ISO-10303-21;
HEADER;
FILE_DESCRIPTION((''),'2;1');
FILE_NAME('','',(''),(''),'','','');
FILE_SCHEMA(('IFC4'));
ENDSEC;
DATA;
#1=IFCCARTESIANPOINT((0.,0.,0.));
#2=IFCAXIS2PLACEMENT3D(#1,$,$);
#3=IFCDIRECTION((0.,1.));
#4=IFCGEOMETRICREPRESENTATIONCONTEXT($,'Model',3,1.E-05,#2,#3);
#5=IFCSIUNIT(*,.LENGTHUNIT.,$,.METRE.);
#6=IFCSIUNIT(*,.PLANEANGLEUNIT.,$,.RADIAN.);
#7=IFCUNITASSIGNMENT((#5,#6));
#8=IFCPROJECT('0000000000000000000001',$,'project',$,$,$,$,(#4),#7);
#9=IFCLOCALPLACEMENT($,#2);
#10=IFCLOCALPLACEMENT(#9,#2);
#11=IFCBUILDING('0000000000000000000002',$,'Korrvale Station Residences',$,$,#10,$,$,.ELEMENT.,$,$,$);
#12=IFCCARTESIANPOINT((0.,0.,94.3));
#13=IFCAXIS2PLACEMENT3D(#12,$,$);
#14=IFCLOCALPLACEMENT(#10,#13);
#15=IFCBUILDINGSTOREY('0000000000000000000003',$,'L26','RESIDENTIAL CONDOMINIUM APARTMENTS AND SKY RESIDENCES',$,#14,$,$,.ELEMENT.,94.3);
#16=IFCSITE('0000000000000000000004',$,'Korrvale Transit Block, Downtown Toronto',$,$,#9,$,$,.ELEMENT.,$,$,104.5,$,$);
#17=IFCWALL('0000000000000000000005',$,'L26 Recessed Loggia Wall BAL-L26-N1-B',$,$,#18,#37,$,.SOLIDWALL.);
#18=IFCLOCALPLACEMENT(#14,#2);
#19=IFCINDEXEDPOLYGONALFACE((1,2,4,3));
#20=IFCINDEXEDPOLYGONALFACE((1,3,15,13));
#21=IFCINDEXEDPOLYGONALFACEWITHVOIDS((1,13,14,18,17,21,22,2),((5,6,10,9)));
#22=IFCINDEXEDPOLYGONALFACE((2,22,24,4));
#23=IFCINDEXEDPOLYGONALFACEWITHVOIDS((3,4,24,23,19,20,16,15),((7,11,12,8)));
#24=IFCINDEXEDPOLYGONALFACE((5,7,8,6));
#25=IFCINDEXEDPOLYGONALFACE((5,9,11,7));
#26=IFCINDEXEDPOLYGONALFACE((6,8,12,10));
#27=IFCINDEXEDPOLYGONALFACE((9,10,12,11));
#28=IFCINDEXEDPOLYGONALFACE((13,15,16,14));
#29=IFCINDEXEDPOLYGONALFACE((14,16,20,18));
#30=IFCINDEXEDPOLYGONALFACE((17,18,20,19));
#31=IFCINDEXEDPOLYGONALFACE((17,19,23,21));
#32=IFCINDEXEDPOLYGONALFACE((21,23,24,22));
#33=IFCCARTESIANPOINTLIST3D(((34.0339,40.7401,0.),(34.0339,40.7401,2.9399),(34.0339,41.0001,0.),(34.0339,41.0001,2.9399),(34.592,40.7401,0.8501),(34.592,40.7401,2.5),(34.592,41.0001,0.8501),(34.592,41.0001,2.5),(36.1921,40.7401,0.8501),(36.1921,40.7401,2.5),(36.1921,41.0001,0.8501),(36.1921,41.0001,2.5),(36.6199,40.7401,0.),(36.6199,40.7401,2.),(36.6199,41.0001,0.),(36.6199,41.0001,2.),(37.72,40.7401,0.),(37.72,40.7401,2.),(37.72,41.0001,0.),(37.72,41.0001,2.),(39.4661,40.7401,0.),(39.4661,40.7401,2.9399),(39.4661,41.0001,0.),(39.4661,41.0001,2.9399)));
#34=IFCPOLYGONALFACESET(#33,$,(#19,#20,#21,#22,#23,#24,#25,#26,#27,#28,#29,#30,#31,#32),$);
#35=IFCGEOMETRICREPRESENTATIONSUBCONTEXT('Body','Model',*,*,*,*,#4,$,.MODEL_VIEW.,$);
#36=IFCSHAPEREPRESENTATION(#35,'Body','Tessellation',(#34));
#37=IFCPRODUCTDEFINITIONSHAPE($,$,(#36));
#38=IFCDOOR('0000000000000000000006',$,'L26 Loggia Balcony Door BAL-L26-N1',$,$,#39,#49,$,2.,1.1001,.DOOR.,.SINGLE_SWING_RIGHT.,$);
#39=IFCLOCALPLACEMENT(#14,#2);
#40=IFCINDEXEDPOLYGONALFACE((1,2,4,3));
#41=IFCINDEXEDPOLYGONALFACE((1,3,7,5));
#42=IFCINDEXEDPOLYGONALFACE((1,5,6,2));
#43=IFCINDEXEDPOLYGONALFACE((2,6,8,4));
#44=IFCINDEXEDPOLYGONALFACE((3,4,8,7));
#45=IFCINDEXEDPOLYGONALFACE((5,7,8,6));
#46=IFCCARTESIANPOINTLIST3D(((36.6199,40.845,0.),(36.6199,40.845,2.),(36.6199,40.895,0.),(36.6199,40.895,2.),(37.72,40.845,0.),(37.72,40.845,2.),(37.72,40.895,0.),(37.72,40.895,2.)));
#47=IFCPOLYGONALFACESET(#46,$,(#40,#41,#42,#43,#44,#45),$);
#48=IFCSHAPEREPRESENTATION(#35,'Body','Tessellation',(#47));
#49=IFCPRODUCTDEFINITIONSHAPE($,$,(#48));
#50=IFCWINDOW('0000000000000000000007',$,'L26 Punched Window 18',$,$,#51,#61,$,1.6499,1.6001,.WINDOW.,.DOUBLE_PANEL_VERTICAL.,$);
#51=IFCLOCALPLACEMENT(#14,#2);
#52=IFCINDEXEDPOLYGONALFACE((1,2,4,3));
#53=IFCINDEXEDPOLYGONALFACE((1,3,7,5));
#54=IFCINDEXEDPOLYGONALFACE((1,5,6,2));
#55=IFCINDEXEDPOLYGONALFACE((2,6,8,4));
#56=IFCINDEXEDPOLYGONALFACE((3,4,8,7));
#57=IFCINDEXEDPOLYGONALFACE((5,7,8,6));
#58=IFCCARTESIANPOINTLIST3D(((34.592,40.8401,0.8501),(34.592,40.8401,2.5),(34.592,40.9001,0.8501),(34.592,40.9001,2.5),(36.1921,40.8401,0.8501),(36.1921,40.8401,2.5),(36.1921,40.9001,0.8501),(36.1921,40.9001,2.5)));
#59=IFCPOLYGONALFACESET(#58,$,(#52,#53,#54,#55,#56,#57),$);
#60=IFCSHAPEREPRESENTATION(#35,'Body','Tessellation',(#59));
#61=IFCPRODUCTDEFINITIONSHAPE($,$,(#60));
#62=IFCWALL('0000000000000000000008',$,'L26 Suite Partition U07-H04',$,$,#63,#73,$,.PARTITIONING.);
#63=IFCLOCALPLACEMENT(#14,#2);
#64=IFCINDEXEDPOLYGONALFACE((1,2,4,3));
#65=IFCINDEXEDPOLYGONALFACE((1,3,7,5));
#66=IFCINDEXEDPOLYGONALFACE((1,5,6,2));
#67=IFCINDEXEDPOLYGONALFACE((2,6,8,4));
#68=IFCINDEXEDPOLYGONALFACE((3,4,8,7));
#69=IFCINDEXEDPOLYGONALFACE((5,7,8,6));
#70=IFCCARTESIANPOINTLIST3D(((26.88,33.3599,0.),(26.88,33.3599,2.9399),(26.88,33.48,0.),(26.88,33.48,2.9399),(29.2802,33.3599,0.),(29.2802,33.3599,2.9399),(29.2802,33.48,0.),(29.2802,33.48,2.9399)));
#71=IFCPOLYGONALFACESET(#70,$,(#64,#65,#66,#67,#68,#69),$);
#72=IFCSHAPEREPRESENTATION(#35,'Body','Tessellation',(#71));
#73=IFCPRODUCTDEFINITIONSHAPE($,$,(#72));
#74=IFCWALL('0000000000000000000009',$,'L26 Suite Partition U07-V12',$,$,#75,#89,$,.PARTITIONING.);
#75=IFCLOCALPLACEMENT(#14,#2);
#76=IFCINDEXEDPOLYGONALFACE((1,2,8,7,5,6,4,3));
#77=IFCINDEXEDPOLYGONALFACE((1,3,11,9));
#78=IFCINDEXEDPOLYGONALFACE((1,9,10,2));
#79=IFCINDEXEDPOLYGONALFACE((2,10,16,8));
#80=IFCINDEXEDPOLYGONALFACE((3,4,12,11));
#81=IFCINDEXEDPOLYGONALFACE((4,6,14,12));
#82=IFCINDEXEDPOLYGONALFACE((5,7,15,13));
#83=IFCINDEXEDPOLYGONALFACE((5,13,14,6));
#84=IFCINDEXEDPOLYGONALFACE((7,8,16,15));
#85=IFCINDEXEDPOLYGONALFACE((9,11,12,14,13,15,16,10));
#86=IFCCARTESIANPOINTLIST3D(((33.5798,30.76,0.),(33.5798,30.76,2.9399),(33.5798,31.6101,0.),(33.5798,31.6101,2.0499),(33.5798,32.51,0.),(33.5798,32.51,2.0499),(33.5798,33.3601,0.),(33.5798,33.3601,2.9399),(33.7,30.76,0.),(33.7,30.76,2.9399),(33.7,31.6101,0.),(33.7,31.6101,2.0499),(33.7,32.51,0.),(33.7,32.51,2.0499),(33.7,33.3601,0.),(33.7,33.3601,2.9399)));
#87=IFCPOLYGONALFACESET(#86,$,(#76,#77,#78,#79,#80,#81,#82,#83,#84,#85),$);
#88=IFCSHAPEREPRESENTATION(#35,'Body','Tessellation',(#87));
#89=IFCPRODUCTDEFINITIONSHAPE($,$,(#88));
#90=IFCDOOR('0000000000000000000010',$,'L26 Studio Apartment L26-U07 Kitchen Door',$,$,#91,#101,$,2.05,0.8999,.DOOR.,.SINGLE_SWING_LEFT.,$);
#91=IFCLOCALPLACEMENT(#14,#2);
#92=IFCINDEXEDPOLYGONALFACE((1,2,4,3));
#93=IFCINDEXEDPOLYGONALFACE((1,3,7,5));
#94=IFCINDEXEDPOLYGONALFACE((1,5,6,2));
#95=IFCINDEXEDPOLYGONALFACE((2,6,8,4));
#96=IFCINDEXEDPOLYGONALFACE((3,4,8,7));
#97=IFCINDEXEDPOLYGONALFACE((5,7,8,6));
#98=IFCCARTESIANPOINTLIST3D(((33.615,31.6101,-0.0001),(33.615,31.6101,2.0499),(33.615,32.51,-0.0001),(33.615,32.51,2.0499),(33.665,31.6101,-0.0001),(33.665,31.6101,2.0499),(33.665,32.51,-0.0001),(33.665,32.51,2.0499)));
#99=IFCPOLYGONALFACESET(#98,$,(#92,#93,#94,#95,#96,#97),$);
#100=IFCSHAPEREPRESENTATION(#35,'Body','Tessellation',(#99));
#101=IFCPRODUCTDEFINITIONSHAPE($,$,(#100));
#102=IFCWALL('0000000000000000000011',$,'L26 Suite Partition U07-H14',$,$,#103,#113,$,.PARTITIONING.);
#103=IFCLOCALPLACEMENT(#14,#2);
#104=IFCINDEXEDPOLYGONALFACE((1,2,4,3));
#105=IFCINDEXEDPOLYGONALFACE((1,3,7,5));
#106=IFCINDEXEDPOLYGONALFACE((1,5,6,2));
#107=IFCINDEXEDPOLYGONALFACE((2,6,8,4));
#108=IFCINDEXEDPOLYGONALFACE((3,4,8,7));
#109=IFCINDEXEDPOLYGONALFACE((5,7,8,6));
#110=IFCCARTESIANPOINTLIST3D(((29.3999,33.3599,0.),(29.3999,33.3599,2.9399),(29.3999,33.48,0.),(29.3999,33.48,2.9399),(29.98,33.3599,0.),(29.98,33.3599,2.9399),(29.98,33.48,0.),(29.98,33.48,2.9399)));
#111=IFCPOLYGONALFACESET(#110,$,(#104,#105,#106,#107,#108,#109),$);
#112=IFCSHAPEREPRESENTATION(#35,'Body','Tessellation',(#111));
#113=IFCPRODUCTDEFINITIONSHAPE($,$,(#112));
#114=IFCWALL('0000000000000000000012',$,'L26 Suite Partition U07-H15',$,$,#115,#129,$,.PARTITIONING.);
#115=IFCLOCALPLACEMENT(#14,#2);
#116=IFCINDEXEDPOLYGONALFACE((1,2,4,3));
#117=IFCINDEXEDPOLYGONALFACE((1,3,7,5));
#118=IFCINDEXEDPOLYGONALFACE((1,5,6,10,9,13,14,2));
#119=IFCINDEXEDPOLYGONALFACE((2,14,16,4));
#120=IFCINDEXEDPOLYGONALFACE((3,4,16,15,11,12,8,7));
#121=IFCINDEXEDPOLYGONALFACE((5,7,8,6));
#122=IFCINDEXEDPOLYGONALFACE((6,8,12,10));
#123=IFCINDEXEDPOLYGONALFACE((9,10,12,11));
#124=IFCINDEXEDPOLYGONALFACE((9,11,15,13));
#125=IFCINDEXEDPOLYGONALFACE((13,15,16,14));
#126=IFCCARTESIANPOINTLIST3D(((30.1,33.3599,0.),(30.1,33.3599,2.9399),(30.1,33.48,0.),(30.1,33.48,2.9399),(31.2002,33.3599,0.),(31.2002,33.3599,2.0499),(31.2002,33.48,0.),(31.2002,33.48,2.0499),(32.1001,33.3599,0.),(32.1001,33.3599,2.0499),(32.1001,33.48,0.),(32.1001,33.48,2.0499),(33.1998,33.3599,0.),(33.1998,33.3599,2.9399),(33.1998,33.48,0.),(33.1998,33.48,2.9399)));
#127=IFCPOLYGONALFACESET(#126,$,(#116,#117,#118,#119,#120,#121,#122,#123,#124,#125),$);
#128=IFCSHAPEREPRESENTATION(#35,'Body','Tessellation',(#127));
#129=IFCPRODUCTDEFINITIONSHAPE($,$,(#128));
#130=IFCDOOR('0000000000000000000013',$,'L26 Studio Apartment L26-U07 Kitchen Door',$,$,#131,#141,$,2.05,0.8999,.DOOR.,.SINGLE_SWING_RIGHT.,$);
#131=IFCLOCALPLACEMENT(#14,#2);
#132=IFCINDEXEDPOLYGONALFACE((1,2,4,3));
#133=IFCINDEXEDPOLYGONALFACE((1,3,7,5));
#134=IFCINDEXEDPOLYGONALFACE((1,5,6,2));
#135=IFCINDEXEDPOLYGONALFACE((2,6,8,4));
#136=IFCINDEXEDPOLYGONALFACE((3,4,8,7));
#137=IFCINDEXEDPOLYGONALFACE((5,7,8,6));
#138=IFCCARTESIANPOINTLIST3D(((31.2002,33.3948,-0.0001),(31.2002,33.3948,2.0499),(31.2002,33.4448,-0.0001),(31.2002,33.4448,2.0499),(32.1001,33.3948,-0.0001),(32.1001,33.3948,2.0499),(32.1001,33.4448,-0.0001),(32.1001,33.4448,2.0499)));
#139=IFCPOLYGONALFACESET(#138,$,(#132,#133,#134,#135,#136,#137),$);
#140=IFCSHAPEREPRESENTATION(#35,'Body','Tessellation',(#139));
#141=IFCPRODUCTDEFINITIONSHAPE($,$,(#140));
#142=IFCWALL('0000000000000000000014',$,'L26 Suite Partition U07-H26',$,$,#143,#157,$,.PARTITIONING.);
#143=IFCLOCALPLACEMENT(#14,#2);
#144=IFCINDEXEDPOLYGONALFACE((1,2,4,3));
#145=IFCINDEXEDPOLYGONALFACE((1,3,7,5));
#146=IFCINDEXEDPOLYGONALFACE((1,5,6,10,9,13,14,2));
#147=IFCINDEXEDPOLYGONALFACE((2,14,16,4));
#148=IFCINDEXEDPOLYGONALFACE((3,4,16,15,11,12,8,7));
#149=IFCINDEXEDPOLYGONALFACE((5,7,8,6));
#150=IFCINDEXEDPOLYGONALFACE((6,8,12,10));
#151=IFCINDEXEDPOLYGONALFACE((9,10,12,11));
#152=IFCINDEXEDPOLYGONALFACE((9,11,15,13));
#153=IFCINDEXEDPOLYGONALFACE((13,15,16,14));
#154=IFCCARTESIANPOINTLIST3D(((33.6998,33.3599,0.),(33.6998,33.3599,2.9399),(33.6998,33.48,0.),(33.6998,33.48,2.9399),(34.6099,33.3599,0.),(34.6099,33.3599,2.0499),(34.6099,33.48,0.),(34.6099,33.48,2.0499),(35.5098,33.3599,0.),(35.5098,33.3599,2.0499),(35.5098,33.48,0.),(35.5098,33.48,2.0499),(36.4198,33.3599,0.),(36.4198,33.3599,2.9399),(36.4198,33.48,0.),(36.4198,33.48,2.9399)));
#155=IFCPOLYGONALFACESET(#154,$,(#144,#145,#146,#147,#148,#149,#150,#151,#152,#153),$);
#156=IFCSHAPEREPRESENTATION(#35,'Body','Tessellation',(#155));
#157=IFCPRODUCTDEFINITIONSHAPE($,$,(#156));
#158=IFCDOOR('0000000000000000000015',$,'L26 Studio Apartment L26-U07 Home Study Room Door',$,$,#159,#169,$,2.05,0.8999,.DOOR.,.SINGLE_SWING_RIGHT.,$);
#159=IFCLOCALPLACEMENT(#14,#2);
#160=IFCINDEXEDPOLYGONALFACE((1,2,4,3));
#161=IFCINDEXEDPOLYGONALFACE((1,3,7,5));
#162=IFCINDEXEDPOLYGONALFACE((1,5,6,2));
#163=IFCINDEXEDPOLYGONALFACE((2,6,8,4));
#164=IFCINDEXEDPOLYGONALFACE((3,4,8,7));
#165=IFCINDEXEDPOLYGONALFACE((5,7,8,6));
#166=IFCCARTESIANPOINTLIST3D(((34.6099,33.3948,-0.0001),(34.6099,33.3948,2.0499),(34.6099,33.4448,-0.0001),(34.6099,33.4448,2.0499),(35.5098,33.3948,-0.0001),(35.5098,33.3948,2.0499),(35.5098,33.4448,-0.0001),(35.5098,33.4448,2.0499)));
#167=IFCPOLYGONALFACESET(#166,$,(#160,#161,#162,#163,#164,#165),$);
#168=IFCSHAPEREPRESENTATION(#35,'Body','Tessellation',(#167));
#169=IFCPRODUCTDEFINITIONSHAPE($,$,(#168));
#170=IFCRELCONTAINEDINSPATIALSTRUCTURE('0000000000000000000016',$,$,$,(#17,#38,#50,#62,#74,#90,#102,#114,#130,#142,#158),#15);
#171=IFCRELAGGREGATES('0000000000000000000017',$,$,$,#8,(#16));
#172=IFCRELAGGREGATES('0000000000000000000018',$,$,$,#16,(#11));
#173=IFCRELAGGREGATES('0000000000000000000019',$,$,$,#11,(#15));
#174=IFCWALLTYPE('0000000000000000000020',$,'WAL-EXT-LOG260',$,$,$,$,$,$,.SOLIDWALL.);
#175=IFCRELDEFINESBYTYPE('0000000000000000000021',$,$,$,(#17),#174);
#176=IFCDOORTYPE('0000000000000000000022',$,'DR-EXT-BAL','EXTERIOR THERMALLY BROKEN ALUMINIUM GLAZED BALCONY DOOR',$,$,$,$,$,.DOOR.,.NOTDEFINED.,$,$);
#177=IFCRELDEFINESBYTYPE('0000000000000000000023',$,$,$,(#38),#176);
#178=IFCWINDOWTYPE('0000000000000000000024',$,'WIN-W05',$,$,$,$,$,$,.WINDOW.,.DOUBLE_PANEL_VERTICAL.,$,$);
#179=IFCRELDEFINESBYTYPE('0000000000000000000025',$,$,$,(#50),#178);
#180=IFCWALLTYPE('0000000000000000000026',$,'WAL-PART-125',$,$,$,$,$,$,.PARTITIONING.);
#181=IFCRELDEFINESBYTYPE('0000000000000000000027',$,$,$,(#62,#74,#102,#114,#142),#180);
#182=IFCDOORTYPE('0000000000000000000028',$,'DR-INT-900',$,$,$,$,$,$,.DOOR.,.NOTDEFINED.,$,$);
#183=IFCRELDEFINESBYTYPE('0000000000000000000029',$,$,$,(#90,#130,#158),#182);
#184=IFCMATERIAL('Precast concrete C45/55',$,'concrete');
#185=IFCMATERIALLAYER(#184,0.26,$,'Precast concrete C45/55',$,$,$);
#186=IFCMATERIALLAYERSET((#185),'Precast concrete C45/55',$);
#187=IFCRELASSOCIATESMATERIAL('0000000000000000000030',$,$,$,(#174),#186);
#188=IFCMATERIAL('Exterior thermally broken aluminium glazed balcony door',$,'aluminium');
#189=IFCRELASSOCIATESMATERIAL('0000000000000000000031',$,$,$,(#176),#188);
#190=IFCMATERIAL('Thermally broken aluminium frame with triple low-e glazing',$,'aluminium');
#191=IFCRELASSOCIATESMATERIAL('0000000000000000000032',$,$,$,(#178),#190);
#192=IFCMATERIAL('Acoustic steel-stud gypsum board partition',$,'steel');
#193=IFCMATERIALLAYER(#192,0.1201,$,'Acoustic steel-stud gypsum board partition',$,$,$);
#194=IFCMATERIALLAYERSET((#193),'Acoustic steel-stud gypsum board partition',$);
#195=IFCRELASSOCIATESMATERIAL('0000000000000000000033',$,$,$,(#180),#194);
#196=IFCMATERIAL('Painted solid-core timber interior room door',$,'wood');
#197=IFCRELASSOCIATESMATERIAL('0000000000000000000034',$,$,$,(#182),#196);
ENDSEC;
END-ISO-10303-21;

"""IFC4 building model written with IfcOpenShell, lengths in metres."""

from ifc_helpers import new_model, si_unit, direction, frame, frame_2d, origin, place, context, subcontext, project, spatial, rectangle, extrude, material, layer, layer_set, type_object, element, fill, save


model = new_model("IFC4")

# Units and contexts
model_context = context("Model", 3, precision=1e-05, world=origin(), true_north=direction((0.0, 1.0)))
body_context = subcontext(model_context, "Body", "Model", "MODEL_VIEW")
ifc_project = project(units=[si_unit("LENGTHUNIT", "METRE"), si_unit("PLANEANGLEUNIT", "RADIAN")], contexts=[model_context])

# Site, building, storey
site_placement = place(None, origin())
site = spatial("IfcSite", under=ifc_project, at=site_placement, Name="Korrvale Transit Block, Downtown Toronto", CompositionType="ELEMENT", RefElevation=104.5)
building_placement = place(site_placement, origin())
building = spatial("IfcBuilding", under=site, at=building_placement, Name="Korrvale Station Residences", CompositionType="ELEMENT")
storey_placement = place(building_placement, frame((0.0, 0.0, 94.3)))
storey = spatial("IfcBuildingStorey", under=building, at=storey_placement, Name="L26", Description="RESIDENTIAL CONDOMINIUM APARTMENTS AND SKY RESIDENCES", CompositionType="ELEMENT", Elevation=94.3)

# Shared definitions
ifc_material_1 = material(Name="Precast concrete C45/55", Category="concrete")
ifc_layer_1 = layer(ifc_material_1, 0.26, Name="Precast concrete C45/55")
ifc_layer_set_1 = layer_set([ifc_layer_1], Name="Precast concrete C45/55")
wall_type_1 = type_object("IfcWallType", Name="WAL-EXT-LOG260", PredefinedType="SOLIDWALL", material=ifc_layer_set_1)

# Wall, openings, door, window
wall_1_placement = place(storey_placement, frame((34.0339, 40.8701, 0.0), z_axis=(0.0, 0.0, 1.0), x_axis=(1.0, 0.0, 0.0)))
wall_1 = element("IfcWall", 1, at=wall_1_placement, inside=storey, type_object=wall_type_1, Name="L26 Recessed Loggia Wall BAL-L26-N1-B", PredefinedType="SOLIDWALL", context=body_context, shape_type="SweptSolid", body=[
    extrude(rectangle(XDim=5.4321, YDim=0.26, at=frame_2d((2.7161, 0.0))), origin(), (0.0, 0.0, 1.0), 2.9399),
])
opening_1_placement = place(wall_1_placement, frame((2.5859, 0.0, 0.0)))
opening_1 = element("IfcOpeningElement", 2, at=opening_1_placement, cuts=wall_1, PredefinedType="OPENING", context=body_context, shape_type="SweptSolid", body=[
    extrude(rectangle(XDim=1.1001, YDim=2.0, at=frame_2d((0.55, 1.0))), frame((0.0, 0.1401, 0.0), z_axis=(0.0, -1.0, 0.0), x_axis=(1.0, 0.0, 0.0)), (0.0, 0.0, 1.0), 0.28),
])
opening_2_placement = place(wall_1_placement, frame((0.5581, 0.0, 0.8501)))
opening_2 = element("IfcOpeningElement", 3, at=opening_2_placement, cuts=wall_1, PredefinedType="OPENING", context=body_context, shape_type="SweptSolid", body=[
    extrude(rectangle(XDim=1.6001, YDim=1.6499, at=frame_2d((0.8, 0.825))), frame((0.0, 0.1401, 0.0), z_axis=(0.0, -1.0, 0.0), x_axis=(1.0, 0.0, 0.0)), (0.0, 0.0, 1.0), 0.28),
])
ifc_material_2 = material(Name="Exterior thermally broken aluminium glazed balcony door", Category="aluminium")
door_type_1 = type_object("IfcDoorType", Name="DR-EXT-BAL", Description="EXTERIOR THERMALLY BROKEN ALUMINIUM GLAZED BALCONY DOOR", OperationType="NOTDEFINED", PredefinedType="DOOR", material=ifc_material_2)
door_1_placement = place(opening_1_placement, origin())
door_1 = element("IfcDoor", 4, at=door_1_placement, inside=storey, type_object=door_type_1, Name="L26 Loggia Balcony Door BAL-L26-N1", OperationType="SINGLE_SWING_RIGHT", OverallHeight=2.0, OverallWidth=1.1001, PredefinedType="DOOR", context=body_context, shape_type="SweptSolid", body=[
    extrude(rectangle(XDim=1.1001, YDim=2.0, at=frame_2d((0.55, 1.0))), frame((0.0, 0.0249, 0.0), z_axis=(0.0, -1.0, 0.0), x_axis=(1.0, 0.0, 0.0)), (0.0, 0.0, 1.0), 0.05),
])
fill(opening_1, door_1)
ifc_material_3 = material(Name="Thermally broken aluminium frame with triple low-e glazing", Category="aluminium")
window_type = type_object("IfcWindowType", Name="WIN-W05", PartitioningType="DOUBLE_PANEL_VERTICAL", PredefinedType="WINDOW", material=ifc_material_3)
window_placement = place(opening_2_placement, origin())
window = element("IfcWindow", 5, at=window_placement, inside=storey, type_object=window_type, Name="L26 Punched Window 18", OverallHeight=1.6499, OverallWidth=1.6001, PartitioningType="DOUBLE_PANEL_VERTICAL", PredefinedType="WINDOW", context=body_context, shape_type="SweptSolid", body=[
    extrude(rectangle(XDim=1.6001, YDim=1.6499, at=frame_2d((0.8, 0.825))), frame((0.0, 0.03, 0.0), z_axis=(0.0, -1.0, 0.0), x_axis=(1.0, 0.0, 0.0)), (0.0, 0.0, 1.0), 0.0601),
])
fill(opening_2, window)

# Wall
ifc_material_4 = material(Name="Acoustic steel-stud gypsum board partition", Category="steel")
ifc_layer_2 = layer(ifc_material_4, 0.1201, Name="Acoustic steel-stud gypsum board partition")
ifc_layer_set_2 = layer_set([ifc_layer_2], Name="Acoustic steel-stud gypsum board partition")
wall_type_2 = type_object("IfcWallType", Name="WAL-PART-125", PredefinedType="PARTITIONING", material=ifc_layer_set_2)
wall_2_placement = place(storey_placement, frame((26.8799, 33.4199, 0.0), z_axis=(0.0, 0.0, 1.0), x_axis=(1.0, 0.0, 0.0)))
element("IfcWall", 6, at=wall_2_placement, inside=storey, type_object=wall_type_2, Name="L26 Suite Partition U07-H04", PredefinedType="PARTITIONING", context=body_context, shape_type="SweptSolid", body=[
    extrude(rectangle(XDim=2.4001, YDim=0.1201, at=frame_2d((1.2002, 0.0))), origin(), (0.0, 0.0, 1.0), 2.9399),
])

# Wall, opening, door
wall_3_placement = place(storey_placement, frame((33.6399, 30.76, 0.0), z_axis=(0.0, 0.0, 1.0), x_axis=(0.0, 1.0, 0.0)))
wall_3 = element("IfcWall", 7, at=wall_3_placement, inside=storey, type_object=wall_type_2, Name="L26 Suite Partition U07-V12", PredefinedType="PARTITIONING", context=body_context, shape_type="SweptSolid", body=[
    extrude(rectangle(XDim=2.6001, YDim=0.1201, at=frame_2d((1.3, 0.0))), origin(), (0.0, 0.0, 1.0), 2.9399),
])
opening_3_placement = place(wall_3_placement, frame((0.8501, 0.0, 0.0)))
opening_3 = element("IfcOpeningElement", 8, at=opening_3_placement, cuts=wall_3, PredefinedType="OPENING", context=body_context, shape_type="SweptSolid", body=[
    extrude(rectangle(XDim=0.8999, YDim=2.05, at=frame_2d((0.45, 1.0249))), frame((0.0, 0.0701, 0.0), z_axis=(0.0, -1.0, 0.0), x_axis=(1.0, 0.0, 0.0)), (0.0, 0.0, 1.0), 0.1401),
])
ifc_material_5 = material(Name="Painted solid-core timber interior room door", Category="wood")
door_type_2 = type_object("IfcDoorType", Name="DR-INT-900", OperationType="NOTDEFINED", PredefinedType="DOOR", material=ifc_material_5)
door_2_placement = place(opening_3_placement, origin())
door_2 = element("IfcDoor", 9, at=door_2_placement, inside=storey, type_object=door_type_2, Name="L26 Studio Apartment L26-U07 Kitchen Door", OperationType="SINGLE_SWING_LEFT", OverallHeight=2.05, OverallWidth=0.8999, PredefinedType="DOOR", context=body_context, shape_type="SweptSolid", body=[
    extrude(rectangle(XDim=0.8999, YDim=2.05, at=frame_2d((0.45, 1.0249))), frame((0.0, 0.0249, 0.0), z_axis=(0.0, -1.0, 0.0), x_axis=(1.0, 0.0, 0.0)), (0.0, 0.0, 1.0), 0.05),
])
fill(opening_3, door_2)

# Wall
wall_4_placement = place(storey_placement, frame((29.3999, 33.4199, 0.0), z_axis=(0.0, 0.0, 1.0), x_axis=(1.0, 0.0, 0.0)))
element("IfcWall", 10, at=wall_4_placement, inside=storey, type_object=wall_type_2, Name="L26 Suite Partition U07-H14", PredefinedType="PARTITIONING", context=body_context, shape_type="SweptSolid", body=[
    extrude(rectangle(XDim=0.5801, YDim=0.1201, at=frame_2d((0.29, 0.0))), origin(), (0.0, 0.0, 1.0), 2.9399),
])

# Walls, openings, doors
wall_5_placement = place(storey_placement, frame((30.1001, 33.4199, 0.0), z_axis=(0.0, 0.0, 1.0), x_axis=(1.0, 0.0, 0.0)))
wall_5 = element("IfcWall", 11, at=wall_5_placement, inside=storey, type_object=wall_type_2, Name="L26 Suite Partition U07-H15", PredefinedType="PARTITIONING", context=body_context, shape_type="SweptSolid", body=[
    extrude(rectangle(XDim=3.0999, YDim=0.1201, at=frame_2d((1.5498, 0.0))), origin(), (0.0, 0.0, 1.0), 2.9399),
])
opening_4_placement = place(wall_5_placement, frame((1.1001, 0.0, 0.0)))
opening_4 = element("IfcOpeningElement", 12, at=opening_4_placement, cuts=wall_5, PredefinedType="OPENING", context=body_context, shape_type="SweptSolid", body=[
    extrude(rectangle(XDim=0.8999, YDim=2.05, at=frame_2d((0.45, 1.0249))), frame((0.0, 0.0701, 0.0), z_axis=(0.0, -1.0, 0.0), x_axis=(1.0, 0.0, 0.0)), (0.0, 0.0, 1.0), 0.1401),
])
door_3_placement = place(opening_4_placement, origin())
door_3 = element("IfcDoor", 13, at=door_3_placement, inside=storey, type_object=door_type_2, Name="L26 Studio Apartment L26-U07 Kitchen Door", OperationType="SINGLE_SWING_RIGHT", OverallHeight=2.05, OverallWidth=0.8999, PredefinedType="DOOR", context=body_context, shape_type="SweptSolid", body=[
    extrude(rectangle(XDim=0.8999, YDim=2.05, at=frame_2d((0.45, 1.0249))), frame((0.0, 0.0249, 0.0), z_axis=(0.0, -1.0, 0.0), x_axis=(1.0, 0.0, 0.0)), (0.0, 0.0, 1.0), 0.05),
])
fill(opening_4, door_3)
wall_6_placement = place(storey_placement, frame((33.7, 33.4199, 0.0), z_axis=(0.0, 0.0, 1.0), x_axis=(1.0, 0.0, 0.0)))
wall_6 = element("IfcWall", 14, at=wall_6_placement, inside=storey, type_object=wall_type_2, Name="L26 Suite Partition U07-H26", PredefinedType="PARTITIONING", context=body_context, shape_type="SweptSolid", body=[
    extrude(rectangle(XDim=2.72, YDim=0.1201, at=frame_2d((1.3599, 0.0))), origin(), (0.0, 0.0, 1.0), 2.9399),
])
opening_5_placement = place(wall_6_placement, frame((0.9099, 0.0, 0.0)))
opening_5 = element("IfcOpeningElement", 15, at=opening_5_placement, cuts=wall_6, PredefinedType="OPENING", context=body_context, shape_type="SweptSolid", body=[
    extrude(rectangle(XDim=0.8999, YDim=2.05, at=frame_2d((0.45, 1.0249))), frame((0.0, 0.0701, 0.0), z_axis=(0.0, -1.0, 0.0), x_axis=(1.0, 0.0, 0.0)), (0.0, 0.0, 1.0), 0.1401),
])
door_4_placement = place(opening_5_placement, origin())
door_4 = element("IfcDoor", 16, at=door_4_placement, inside=storey, type_object=door_type_2, Name="L26 Studio Apartment L26-U07 Home Study Room Door", OperationType="SINGLE_SWING_RIGHT", OverallHeight=2.05, OverallWidth=0.8999, PredefinedType="DOOR", context=body_context, shape_type="SweptSolid", body=[
    extrude(rectangle(XDim=0.8999, YDim=2.05, at=frame_2d((0.45, 1.0249))), frame((0.0, 0.0249, 0.0), z_axis=(0.0, -1.0, 0.0), x_axis=(1.0, 0.0, 0.0)), (0.0, 0.0, 1.0), 0.05),
])
fill(opening_5, door_4)

save(model, "model.ifc")
